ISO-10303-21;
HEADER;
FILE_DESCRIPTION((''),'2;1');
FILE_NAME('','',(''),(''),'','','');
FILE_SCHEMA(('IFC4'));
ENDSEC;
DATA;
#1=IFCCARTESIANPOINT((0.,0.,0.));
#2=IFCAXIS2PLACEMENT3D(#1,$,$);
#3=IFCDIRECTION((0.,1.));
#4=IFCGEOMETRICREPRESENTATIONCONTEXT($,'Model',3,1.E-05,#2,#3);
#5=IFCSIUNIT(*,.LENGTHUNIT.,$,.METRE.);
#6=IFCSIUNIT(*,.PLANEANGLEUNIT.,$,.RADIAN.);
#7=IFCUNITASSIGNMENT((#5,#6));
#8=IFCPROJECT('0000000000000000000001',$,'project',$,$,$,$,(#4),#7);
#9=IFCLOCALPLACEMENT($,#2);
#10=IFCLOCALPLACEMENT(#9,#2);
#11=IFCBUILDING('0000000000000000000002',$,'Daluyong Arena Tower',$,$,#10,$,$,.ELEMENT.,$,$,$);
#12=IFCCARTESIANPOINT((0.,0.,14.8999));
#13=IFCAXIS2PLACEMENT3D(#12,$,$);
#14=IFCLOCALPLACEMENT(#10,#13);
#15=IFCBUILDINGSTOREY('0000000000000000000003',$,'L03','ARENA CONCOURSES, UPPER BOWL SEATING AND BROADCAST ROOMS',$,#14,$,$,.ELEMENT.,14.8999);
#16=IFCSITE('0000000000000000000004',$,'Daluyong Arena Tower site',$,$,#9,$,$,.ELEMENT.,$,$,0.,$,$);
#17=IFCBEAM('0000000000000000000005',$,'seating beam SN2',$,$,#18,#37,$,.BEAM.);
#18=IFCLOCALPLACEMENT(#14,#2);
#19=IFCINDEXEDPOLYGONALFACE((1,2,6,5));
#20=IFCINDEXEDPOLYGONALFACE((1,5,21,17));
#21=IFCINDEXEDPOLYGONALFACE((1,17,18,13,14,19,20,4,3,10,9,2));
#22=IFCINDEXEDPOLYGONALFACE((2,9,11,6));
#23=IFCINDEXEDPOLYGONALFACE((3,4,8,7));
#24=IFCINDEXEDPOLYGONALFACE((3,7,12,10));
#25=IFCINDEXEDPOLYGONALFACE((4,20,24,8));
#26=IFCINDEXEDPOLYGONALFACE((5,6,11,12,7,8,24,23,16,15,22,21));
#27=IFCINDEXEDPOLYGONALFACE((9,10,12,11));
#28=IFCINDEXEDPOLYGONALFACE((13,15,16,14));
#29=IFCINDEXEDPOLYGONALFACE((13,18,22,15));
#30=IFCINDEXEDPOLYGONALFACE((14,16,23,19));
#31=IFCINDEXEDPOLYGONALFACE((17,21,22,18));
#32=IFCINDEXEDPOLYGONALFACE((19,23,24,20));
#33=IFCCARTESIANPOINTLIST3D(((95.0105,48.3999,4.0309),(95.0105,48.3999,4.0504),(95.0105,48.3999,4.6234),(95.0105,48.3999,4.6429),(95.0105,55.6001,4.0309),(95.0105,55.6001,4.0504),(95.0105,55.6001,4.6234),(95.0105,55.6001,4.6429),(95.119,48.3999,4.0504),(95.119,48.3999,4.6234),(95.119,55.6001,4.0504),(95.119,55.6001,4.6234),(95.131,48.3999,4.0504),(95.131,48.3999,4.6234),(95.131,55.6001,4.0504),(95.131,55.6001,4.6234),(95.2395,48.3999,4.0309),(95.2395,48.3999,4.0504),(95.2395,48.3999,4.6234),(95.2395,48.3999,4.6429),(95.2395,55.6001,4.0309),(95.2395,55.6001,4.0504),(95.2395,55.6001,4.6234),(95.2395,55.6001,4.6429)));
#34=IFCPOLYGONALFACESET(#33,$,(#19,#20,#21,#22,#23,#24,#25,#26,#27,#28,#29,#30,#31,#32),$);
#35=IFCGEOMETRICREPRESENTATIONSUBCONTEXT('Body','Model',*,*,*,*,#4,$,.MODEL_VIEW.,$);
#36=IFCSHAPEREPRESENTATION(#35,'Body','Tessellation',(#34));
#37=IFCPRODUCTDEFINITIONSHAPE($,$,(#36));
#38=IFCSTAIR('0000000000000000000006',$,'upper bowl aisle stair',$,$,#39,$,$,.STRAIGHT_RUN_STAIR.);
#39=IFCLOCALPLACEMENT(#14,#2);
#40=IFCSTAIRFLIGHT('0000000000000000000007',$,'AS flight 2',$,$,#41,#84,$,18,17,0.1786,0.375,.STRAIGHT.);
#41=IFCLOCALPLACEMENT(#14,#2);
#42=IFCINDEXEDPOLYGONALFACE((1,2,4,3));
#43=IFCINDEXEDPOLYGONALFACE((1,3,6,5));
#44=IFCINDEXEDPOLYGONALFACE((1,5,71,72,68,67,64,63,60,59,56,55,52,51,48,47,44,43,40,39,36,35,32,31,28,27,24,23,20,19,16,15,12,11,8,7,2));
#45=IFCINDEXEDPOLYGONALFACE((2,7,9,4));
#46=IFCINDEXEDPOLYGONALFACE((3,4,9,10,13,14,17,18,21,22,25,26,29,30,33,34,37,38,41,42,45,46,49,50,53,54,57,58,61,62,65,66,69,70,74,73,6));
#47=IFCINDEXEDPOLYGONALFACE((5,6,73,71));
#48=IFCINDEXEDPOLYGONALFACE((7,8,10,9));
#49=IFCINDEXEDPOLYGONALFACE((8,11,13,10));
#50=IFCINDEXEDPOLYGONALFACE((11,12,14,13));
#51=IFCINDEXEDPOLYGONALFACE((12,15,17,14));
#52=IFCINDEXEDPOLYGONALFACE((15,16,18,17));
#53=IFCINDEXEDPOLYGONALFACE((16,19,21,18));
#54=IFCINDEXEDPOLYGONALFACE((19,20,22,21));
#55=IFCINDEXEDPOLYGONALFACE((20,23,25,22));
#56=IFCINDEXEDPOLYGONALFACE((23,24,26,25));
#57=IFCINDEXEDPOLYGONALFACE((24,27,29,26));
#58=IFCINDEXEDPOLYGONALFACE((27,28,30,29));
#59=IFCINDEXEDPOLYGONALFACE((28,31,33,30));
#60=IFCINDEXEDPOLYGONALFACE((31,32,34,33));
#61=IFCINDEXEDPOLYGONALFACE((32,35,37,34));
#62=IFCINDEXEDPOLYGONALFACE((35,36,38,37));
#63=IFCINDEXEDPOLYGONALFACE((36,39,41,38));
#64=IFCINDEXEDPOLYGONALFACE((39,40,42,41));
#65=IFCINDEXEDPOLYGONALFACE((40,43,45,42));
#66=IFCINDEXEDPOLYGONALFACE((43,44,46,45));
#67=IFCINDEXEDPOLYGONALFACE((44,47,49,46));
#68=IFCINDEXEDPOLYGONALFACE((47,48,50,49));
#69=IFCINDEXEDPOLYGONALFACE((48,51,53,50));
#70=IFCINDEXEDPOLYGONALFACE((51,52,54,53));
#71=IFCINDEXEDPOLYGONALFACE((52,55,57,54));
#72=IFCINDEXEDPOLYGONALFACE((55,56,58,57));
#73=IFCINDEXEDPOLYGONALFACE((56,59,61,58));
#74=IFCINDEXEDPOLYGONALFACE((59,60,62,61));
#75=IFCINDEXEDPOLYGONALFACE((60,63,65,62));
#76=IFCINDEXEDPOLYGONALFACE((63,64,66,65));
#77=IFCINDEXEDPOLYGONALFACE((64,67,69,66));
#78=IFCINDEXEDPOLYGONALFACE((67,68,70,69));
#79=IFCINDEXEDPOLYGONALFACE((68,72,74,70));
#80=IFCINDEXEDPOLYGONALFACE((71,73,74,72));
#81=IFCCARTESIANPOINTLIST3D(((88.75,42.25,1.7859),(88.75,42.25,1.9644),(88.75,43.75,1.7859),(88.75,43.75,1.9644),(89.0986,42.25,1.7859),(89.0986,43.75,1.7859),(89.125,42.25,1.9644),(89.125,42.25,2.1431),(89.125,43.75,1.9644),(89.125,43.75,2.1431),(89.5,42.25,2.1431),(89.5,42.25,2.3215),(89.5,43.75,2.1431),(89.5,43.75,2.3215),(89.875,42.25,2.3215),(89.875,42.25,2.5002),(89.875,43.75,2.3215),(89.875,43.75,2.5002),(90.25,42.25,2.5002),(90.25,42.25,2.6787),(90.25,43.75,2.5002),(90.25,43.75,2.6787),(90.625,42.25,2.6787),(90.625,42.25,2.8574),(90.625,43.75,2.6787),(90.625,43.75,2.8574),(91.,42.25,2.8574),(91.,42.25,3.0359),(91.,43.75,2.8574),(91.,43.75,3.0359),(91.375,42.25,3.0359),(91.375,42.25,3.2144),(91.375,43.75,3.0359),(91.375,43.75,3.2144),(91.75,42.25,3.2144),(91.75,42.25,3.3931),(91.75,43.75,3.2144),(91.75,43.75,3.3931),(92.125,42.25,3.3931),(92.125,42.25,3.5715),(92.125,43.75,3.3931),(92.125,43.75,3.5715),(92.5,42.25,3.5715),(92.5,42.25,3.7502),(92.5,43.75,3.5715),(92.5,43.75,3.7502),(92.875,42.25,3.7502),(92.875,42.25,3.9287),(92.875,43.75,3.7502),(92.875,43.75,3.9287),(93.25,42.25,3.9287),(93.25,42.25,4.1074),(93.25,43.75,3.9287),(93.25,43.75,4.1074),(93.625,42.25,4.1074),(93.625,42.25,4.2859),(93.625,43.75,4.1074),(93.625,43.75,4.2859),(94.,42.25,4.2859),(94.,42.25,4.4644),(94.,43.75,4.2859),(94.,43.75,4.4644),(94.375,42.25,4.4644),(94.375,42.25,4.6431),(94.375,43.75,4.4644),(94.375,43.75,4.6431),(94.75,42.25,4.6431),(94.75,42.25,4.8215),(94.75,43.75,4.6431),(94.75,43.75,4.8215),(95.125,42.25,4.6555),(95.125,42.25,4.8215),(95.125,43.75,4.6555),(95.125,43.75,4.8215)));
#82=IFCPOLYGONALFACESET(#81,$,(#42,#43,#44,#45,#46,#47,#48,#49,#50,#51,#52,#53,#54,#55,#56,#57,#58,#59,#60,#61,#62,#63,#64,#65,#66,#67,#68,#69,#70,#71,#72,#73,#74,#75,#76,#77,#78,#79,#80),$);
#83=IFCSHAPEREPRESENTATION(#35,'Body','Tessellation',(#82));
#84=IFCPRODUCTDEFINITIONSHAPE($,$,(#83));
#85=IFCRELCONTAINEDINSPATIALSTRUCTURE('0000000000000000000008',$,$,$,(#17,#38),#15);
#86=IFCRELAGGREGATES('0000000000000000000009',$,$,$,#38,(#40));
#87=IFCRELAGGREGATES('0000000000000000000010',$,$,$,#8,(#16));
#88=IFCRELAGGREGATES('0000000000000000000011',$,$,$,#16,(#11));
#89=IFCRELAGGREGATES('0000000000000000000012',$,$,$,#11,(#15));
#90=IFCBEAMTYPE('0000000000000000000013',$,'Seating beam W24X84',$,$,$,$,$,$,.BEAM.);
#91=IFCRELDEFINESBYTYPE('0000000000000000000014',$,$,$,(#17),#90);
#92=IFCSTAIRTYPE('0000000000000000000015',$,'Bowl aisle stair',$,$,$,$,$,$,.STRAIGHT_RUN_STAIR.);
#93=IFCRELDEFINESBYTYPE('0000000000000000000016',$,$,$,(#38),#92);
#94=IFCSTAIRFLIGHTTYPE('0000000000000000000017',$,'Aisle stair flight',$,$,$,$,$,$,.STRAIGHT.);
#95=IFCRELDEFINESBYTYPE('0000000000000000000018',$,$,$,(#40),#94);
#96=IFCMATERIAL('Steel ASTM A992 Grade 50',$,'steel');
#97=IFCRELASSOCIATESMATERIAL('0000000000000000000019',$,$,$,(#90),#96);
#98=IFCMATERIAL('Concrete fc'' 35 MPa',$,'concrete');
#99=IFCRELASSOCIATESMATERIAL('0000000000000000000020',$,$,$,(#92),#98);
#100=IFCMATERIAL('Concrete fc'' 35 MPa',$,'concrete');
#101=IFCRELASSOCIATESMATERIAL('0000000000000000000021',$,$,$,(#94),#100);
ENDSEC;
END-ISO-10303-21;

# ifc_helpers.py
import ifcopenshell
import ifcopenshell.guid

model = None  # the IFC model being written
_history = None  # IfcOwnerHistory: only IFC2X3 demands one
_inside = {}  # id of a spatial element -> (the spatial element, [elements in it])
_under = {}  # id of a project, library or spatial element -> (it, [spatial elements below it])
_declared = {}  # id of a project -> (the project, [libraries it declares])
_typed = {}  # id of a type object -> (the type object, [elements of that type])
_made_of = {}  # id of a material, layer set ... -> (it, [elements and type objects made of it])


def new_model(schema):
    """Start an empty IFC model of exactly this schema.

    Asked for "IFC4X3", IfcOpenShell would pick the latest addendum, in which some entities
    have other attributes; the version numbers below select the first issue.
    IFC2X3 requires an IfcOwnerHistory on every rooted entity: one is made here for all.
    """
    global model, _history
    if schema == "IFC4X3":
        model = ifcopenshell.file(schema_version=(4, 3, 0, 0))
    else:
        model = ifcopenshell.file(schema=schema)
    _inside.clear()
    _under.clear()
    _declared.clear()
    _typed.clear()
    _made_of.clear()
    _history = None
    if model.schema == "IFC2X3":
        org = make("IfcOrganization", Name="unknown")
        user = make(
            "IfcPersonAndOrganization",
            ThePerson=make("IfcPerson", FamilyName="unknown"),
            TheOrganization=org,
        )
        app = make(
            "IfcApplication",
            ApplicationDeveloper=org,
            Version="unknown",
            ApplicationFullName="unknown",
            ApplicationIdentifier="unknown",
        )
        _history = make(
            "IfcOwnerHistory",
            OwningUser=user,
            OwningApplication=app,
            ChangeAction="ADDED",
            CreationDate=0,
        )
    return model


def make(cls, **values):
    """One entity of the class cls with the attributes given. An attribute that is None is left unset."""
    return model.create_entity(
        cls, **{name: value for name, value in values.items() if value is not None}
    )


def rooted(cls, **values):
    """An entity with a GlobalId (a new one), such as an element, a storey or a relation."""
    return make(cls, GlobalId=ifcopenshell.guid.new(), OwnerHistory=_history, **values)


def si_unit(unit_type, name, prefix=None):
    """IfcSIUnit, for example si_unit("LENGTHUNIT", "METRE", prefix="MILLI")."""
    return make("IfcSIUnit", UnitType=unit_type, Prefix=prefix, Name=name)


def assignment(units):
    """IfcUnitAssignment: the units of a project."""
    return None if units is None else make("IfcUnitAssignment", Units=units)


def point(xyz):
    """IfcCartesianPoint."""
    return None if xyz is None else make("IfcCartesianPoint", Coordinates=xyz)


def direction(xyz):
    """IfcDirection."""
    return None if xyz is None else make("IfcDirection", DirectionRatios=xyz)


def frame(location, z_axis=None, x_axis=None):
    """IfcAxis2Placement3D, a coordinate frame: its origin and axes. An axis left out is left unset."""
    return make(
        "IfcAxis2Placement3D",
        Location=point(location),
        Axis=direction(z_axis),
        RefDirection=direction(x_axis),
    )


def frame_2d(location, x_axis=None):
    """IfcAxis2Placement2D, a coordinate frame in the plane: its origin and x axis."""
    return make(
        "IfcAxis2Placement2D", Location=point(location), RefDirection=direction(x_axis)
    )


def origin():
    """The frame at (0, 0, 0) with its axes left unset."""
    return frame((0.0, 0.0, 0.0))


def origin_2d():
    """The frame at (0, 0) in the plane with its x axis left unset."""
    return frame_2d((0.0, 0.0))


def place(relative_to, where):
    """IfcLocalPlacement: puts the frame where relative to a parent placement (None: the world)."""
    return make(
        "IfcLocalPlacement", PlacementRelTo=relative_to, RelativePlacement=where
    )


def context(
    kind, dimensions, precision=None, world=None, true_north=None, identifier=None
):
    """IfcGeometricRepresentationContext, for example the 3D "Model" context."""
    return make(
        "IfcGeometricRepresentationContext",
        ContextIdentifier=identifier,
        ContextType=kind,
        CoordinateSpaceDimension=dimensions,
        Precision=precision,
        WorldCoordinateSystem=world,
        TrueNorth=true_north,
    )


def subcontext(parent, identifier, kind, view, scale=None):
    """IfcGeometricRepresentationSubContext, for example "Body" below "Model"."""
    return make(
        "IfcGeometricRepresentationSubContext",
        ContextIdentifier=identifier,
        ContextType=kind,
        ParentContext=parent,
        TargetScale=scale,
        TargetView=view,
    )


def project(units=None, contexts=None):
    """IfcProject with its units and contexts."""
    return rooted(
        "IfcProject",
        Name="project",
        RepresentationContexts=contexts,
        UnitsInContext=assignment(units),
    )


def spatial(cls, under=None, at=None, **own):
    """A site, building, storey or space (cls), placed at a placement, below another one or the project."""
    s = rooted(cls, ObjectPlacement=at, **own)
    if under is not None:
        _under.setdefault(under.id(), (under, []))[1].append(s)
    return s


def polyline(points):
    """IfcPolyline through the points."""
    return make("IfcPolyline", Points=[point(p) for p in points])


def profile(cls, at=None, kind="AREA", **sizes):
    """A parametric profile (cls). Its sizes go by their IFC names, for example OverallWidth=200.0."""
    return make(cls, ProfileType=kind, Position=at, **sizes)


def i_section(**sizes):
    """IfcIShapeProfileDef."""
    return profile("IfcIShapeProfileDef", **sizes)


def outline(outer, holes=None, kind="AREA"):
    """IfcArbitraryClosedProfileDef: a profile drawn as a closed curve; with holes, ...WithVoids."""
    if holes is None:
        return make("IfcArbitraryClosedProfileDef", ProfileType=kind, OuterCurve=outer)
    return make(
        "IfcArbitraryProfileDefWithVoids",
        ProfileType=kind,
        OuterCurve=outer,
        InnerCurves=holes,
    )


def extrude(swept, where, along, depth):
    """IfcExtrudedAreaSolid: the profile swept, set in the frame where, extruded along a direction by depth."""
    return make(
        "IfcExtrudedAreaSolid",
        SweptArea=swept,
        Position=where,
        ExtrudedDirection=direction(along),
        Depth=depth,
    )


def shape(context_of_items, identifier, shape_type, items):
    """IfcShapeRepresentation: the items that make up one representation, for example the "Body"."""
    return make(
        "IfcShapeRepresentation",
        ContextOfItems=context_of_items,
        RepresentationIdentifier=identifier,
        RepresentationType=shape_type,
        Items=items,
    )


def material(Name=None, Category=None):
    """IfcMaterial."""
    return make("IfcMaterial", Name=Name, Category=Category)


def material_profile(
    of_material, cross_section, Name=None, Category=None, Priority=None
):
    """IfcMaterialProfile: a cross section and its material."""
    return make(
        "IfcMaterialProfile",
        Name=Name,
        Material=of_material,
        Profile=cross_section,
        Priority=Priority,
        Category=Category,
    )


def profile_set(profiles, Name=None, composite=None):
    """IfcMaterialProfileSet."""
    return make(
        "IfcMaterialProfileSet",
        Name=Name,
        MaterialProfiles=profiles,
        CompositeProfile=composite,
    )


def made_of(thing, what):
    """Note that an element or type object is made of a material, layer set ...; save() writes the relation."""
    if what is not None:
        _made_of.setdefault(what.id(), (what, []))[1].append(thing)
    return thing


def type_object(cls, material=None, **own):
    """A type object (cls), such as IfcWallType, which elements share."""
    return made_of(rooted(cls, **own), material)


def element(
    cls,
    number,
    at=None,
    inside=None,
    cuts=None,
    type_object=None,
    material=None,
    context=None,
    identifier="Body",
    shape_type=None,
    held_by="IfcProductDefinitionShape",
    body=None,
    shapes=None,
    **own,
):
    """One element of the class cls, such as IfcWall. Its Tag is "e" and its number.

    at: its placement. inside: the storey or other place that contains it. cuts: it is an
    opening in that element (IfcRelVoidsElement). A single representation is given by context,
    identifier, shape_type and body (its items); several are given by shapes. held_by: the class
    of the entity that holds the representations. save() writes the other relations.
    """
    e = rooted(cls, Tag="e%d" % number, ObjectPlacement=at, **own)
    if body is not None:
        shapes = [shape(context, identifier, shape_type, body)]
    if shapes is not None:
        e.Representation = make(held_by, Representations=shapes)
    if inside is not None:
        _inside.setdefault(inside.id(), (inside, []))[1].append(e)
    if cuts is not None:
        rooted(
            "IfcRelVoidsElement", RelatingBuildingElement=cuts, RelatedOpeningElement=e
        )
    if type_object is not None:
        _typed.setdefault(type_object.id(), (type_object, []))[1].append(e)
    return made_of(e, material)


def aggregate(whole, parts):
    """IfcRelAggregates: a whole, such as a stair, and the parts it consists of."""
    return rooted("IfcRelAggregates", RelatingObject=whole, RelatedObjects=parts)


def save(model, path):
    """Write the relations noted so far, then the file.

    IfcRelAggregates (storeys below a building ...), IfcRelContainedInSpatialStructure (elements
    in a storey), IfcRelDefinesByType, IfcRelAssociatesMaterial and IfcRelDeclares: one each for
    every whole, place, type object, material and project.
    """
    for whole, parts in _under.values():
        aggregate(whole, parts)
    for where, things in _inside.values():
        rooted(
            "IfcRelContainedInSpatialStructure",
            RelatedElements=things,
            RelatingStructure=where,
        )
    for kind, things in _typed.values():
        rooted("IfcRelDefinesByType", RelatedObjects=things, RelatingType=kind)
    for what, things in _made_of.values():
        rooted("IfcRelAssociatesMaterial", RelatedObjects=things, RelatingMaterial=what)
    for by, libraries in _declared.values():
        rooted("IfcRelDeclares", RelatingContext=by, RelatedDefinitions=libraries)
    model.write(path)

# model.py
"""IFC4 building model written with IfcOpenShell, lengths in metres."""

from ifc_helpers import new_model, si_unit, direction, frame, origin, origin_2d, place, context, subcontext, project, spatial, polyline, i_section, outline, extrude, material, material_profile, profile_set, type_object, element, aggregate, save


model = new_model("IFC4")

# Units and contexts
model_context = context("Model", 3, precision=1e-05, world=origin(), true_north=direction((0.0, 1.0)))
body_context = subcontext(model_context, "Body", "Model", "MODEL_VIEW")
ifc_project = project(units=[si_unit("LENGTHUNIT", "METRE"), si_unit("PLANEANGLEUNIT", "RADIAN")], contexts=[model_context])

# Site, building, storey
site_placement = place(None, origin())
site = spatial("IfcSite", under=ifc_project, at=site_placement, Name="Daluyong Arena Tower site", CompositionType="ELEMENT", RefElevation=0.0)
building_placement = place(site_placement, origin())
building = spatial("IfcBuilding", under=site, at=building_placement, Name="Daluyong Arena Tower", CompositionType="ELEMENT")
storey_placement = place(building_placement, frame((0.0, 0.0, 14.8999)))
storey = spatial("IfcBuildingStorey", under=building, at=storey_placement, Name="L03", Description="ARENA CONCOURSES, UPPER BOWL SEATING AND BROADCAST ROOMS", CompositionType="ELEMENT", Elevation=14.8999)

# Beam
ifc_material_1 = material(Name="Steel ASTM A992 Grade 50", Category="steel")
ifc_material_profile_1 = material_profile(ifc_material_1, i_section(OverallWidth=0.229, OverallDepth=0.6121, WebThickness=0.012, FlangeThickness=0.0195, at=origin_2d()))
ifc_profile_set_1 = profile_set([ifc_material_profile_1], Name="Steel ASTM A992 Grade 50")
beam_type_1 = type_object("IfcBeamType", Name="Seating beam W24X84", PredefinedType="BEAM", material=ifc_profile_set_1)
for number, where, z_axis, x_axis, name in (
    (1, (95.125, 48.3999, 4.3369), (0.0, 1.0, 0.0), (-1.0, 0.0, 0.0), "seating beam SN2"),
):
    element("IfcBeam", number, at=place(storey_placement, frame(where, z_axis=z_axis, x_axis=x_axis)), inside=storey, type_object=beam_type_1, Name=name, PredefinedType="BEAM", context=body_context, shape_type="SweptSolid", body=[
        extrude(i_section(OverallWidth=0.229, OverallDepth=0.6121, WebThickness=0.012, FlangeThickness=0.0195, at=origin_2d()), origin(), (0.0, 0.0, 1.0), 7.2002),
    ])

# Stair, stair flight
ifc_material_2 = material(Name="Concrete fc' 35 MPa", Category="concrete")
stair_type = type_object("IfcStairType", Name="Bowl aisle stair", PredefinedType="STRAIGHT_RUN_STAIR", material=ifc_material_2)
stair_placement = place(storey_placement, origin())
stair = element("IfcStair", 2, at=stair_placement, inside=storey, type_object=stair_type, Name="upper bowl aisle stair", PredefinedType="STRAIGHT_RUN_STAIR")
ifc_material_3 = material(Name="Concrete fc' 35 MPa", Category="concrete")
stair_flight_type = type_object("IfcStairFlightType", Name="Aisle stair flight", PredefinedType="STRAIGHT", material=ifc_material_3)
stair_flight_placement = place(storey_placement, frame((88.75, 43.0, 1.7859), z_axis=(0.0, 0.0, 1.0), x_axis=(1.0, 0.0, 0.0)))
stair_flight = element("IfcStairFlight", 3, at=stair_flight_placement, type_object=stair_flight_type, Name="AS flight 2", NumberOfRisers=18, NumberOfTreads=17, PredefinedType="STRAIGHT", RiserHeight=0.1786, TreadLength=0.375, context=body_context, shape_type="SweptSolid", body=[
    extrude(outline(polyline([(0.0, 0.0), (0.0, 0.1785), (0.375, 0.1785), (0.375, 0.3572), (0.75, 0.3572), (0.75, 0.5356), (1.125, 0.5356), (1.125, 0.7144), (1.5, 0.7144), (1.5, 0.8928), (1.875, 0.8928), (1.875, 1.0715), (2.25, 1.0715), (2.25, 1.25), (2.625, 1.25), (2.625, 1.4285), (3.0, 1.4285), (3.0, 1.6072), (3.375, 1.6072), (3.375, 1.7856), (3.75, 1.7856), (3.75, 1.9644), (4.125, 1.9644), (4.125, 2.1428), (4.5, 2.1428), (4.5, 2.3215), (4.875, 2.3215), (4.875, 2.5), (5.25, 2.5), (5.25, 2.6785), (5.625, 2.6785), (5.625, 2.8572), (6.0, 2.8572), (6.0, 3.0356), (6.375, 3.0356), (6.375, 3.2144), (6.375, 2.8696), (0.3486, 0.0), (0.0, 0.0)])), frame((0.0, 0.75, 0.0), z_axis=(0.0, -1.0, 0.0), x_axis=(1.0, 0.0, 0.0)), (0.0, 0.0, 1.0), 1.5),
])
aggregate(stair, [stair_flight])

save(model, "model.ifc")
